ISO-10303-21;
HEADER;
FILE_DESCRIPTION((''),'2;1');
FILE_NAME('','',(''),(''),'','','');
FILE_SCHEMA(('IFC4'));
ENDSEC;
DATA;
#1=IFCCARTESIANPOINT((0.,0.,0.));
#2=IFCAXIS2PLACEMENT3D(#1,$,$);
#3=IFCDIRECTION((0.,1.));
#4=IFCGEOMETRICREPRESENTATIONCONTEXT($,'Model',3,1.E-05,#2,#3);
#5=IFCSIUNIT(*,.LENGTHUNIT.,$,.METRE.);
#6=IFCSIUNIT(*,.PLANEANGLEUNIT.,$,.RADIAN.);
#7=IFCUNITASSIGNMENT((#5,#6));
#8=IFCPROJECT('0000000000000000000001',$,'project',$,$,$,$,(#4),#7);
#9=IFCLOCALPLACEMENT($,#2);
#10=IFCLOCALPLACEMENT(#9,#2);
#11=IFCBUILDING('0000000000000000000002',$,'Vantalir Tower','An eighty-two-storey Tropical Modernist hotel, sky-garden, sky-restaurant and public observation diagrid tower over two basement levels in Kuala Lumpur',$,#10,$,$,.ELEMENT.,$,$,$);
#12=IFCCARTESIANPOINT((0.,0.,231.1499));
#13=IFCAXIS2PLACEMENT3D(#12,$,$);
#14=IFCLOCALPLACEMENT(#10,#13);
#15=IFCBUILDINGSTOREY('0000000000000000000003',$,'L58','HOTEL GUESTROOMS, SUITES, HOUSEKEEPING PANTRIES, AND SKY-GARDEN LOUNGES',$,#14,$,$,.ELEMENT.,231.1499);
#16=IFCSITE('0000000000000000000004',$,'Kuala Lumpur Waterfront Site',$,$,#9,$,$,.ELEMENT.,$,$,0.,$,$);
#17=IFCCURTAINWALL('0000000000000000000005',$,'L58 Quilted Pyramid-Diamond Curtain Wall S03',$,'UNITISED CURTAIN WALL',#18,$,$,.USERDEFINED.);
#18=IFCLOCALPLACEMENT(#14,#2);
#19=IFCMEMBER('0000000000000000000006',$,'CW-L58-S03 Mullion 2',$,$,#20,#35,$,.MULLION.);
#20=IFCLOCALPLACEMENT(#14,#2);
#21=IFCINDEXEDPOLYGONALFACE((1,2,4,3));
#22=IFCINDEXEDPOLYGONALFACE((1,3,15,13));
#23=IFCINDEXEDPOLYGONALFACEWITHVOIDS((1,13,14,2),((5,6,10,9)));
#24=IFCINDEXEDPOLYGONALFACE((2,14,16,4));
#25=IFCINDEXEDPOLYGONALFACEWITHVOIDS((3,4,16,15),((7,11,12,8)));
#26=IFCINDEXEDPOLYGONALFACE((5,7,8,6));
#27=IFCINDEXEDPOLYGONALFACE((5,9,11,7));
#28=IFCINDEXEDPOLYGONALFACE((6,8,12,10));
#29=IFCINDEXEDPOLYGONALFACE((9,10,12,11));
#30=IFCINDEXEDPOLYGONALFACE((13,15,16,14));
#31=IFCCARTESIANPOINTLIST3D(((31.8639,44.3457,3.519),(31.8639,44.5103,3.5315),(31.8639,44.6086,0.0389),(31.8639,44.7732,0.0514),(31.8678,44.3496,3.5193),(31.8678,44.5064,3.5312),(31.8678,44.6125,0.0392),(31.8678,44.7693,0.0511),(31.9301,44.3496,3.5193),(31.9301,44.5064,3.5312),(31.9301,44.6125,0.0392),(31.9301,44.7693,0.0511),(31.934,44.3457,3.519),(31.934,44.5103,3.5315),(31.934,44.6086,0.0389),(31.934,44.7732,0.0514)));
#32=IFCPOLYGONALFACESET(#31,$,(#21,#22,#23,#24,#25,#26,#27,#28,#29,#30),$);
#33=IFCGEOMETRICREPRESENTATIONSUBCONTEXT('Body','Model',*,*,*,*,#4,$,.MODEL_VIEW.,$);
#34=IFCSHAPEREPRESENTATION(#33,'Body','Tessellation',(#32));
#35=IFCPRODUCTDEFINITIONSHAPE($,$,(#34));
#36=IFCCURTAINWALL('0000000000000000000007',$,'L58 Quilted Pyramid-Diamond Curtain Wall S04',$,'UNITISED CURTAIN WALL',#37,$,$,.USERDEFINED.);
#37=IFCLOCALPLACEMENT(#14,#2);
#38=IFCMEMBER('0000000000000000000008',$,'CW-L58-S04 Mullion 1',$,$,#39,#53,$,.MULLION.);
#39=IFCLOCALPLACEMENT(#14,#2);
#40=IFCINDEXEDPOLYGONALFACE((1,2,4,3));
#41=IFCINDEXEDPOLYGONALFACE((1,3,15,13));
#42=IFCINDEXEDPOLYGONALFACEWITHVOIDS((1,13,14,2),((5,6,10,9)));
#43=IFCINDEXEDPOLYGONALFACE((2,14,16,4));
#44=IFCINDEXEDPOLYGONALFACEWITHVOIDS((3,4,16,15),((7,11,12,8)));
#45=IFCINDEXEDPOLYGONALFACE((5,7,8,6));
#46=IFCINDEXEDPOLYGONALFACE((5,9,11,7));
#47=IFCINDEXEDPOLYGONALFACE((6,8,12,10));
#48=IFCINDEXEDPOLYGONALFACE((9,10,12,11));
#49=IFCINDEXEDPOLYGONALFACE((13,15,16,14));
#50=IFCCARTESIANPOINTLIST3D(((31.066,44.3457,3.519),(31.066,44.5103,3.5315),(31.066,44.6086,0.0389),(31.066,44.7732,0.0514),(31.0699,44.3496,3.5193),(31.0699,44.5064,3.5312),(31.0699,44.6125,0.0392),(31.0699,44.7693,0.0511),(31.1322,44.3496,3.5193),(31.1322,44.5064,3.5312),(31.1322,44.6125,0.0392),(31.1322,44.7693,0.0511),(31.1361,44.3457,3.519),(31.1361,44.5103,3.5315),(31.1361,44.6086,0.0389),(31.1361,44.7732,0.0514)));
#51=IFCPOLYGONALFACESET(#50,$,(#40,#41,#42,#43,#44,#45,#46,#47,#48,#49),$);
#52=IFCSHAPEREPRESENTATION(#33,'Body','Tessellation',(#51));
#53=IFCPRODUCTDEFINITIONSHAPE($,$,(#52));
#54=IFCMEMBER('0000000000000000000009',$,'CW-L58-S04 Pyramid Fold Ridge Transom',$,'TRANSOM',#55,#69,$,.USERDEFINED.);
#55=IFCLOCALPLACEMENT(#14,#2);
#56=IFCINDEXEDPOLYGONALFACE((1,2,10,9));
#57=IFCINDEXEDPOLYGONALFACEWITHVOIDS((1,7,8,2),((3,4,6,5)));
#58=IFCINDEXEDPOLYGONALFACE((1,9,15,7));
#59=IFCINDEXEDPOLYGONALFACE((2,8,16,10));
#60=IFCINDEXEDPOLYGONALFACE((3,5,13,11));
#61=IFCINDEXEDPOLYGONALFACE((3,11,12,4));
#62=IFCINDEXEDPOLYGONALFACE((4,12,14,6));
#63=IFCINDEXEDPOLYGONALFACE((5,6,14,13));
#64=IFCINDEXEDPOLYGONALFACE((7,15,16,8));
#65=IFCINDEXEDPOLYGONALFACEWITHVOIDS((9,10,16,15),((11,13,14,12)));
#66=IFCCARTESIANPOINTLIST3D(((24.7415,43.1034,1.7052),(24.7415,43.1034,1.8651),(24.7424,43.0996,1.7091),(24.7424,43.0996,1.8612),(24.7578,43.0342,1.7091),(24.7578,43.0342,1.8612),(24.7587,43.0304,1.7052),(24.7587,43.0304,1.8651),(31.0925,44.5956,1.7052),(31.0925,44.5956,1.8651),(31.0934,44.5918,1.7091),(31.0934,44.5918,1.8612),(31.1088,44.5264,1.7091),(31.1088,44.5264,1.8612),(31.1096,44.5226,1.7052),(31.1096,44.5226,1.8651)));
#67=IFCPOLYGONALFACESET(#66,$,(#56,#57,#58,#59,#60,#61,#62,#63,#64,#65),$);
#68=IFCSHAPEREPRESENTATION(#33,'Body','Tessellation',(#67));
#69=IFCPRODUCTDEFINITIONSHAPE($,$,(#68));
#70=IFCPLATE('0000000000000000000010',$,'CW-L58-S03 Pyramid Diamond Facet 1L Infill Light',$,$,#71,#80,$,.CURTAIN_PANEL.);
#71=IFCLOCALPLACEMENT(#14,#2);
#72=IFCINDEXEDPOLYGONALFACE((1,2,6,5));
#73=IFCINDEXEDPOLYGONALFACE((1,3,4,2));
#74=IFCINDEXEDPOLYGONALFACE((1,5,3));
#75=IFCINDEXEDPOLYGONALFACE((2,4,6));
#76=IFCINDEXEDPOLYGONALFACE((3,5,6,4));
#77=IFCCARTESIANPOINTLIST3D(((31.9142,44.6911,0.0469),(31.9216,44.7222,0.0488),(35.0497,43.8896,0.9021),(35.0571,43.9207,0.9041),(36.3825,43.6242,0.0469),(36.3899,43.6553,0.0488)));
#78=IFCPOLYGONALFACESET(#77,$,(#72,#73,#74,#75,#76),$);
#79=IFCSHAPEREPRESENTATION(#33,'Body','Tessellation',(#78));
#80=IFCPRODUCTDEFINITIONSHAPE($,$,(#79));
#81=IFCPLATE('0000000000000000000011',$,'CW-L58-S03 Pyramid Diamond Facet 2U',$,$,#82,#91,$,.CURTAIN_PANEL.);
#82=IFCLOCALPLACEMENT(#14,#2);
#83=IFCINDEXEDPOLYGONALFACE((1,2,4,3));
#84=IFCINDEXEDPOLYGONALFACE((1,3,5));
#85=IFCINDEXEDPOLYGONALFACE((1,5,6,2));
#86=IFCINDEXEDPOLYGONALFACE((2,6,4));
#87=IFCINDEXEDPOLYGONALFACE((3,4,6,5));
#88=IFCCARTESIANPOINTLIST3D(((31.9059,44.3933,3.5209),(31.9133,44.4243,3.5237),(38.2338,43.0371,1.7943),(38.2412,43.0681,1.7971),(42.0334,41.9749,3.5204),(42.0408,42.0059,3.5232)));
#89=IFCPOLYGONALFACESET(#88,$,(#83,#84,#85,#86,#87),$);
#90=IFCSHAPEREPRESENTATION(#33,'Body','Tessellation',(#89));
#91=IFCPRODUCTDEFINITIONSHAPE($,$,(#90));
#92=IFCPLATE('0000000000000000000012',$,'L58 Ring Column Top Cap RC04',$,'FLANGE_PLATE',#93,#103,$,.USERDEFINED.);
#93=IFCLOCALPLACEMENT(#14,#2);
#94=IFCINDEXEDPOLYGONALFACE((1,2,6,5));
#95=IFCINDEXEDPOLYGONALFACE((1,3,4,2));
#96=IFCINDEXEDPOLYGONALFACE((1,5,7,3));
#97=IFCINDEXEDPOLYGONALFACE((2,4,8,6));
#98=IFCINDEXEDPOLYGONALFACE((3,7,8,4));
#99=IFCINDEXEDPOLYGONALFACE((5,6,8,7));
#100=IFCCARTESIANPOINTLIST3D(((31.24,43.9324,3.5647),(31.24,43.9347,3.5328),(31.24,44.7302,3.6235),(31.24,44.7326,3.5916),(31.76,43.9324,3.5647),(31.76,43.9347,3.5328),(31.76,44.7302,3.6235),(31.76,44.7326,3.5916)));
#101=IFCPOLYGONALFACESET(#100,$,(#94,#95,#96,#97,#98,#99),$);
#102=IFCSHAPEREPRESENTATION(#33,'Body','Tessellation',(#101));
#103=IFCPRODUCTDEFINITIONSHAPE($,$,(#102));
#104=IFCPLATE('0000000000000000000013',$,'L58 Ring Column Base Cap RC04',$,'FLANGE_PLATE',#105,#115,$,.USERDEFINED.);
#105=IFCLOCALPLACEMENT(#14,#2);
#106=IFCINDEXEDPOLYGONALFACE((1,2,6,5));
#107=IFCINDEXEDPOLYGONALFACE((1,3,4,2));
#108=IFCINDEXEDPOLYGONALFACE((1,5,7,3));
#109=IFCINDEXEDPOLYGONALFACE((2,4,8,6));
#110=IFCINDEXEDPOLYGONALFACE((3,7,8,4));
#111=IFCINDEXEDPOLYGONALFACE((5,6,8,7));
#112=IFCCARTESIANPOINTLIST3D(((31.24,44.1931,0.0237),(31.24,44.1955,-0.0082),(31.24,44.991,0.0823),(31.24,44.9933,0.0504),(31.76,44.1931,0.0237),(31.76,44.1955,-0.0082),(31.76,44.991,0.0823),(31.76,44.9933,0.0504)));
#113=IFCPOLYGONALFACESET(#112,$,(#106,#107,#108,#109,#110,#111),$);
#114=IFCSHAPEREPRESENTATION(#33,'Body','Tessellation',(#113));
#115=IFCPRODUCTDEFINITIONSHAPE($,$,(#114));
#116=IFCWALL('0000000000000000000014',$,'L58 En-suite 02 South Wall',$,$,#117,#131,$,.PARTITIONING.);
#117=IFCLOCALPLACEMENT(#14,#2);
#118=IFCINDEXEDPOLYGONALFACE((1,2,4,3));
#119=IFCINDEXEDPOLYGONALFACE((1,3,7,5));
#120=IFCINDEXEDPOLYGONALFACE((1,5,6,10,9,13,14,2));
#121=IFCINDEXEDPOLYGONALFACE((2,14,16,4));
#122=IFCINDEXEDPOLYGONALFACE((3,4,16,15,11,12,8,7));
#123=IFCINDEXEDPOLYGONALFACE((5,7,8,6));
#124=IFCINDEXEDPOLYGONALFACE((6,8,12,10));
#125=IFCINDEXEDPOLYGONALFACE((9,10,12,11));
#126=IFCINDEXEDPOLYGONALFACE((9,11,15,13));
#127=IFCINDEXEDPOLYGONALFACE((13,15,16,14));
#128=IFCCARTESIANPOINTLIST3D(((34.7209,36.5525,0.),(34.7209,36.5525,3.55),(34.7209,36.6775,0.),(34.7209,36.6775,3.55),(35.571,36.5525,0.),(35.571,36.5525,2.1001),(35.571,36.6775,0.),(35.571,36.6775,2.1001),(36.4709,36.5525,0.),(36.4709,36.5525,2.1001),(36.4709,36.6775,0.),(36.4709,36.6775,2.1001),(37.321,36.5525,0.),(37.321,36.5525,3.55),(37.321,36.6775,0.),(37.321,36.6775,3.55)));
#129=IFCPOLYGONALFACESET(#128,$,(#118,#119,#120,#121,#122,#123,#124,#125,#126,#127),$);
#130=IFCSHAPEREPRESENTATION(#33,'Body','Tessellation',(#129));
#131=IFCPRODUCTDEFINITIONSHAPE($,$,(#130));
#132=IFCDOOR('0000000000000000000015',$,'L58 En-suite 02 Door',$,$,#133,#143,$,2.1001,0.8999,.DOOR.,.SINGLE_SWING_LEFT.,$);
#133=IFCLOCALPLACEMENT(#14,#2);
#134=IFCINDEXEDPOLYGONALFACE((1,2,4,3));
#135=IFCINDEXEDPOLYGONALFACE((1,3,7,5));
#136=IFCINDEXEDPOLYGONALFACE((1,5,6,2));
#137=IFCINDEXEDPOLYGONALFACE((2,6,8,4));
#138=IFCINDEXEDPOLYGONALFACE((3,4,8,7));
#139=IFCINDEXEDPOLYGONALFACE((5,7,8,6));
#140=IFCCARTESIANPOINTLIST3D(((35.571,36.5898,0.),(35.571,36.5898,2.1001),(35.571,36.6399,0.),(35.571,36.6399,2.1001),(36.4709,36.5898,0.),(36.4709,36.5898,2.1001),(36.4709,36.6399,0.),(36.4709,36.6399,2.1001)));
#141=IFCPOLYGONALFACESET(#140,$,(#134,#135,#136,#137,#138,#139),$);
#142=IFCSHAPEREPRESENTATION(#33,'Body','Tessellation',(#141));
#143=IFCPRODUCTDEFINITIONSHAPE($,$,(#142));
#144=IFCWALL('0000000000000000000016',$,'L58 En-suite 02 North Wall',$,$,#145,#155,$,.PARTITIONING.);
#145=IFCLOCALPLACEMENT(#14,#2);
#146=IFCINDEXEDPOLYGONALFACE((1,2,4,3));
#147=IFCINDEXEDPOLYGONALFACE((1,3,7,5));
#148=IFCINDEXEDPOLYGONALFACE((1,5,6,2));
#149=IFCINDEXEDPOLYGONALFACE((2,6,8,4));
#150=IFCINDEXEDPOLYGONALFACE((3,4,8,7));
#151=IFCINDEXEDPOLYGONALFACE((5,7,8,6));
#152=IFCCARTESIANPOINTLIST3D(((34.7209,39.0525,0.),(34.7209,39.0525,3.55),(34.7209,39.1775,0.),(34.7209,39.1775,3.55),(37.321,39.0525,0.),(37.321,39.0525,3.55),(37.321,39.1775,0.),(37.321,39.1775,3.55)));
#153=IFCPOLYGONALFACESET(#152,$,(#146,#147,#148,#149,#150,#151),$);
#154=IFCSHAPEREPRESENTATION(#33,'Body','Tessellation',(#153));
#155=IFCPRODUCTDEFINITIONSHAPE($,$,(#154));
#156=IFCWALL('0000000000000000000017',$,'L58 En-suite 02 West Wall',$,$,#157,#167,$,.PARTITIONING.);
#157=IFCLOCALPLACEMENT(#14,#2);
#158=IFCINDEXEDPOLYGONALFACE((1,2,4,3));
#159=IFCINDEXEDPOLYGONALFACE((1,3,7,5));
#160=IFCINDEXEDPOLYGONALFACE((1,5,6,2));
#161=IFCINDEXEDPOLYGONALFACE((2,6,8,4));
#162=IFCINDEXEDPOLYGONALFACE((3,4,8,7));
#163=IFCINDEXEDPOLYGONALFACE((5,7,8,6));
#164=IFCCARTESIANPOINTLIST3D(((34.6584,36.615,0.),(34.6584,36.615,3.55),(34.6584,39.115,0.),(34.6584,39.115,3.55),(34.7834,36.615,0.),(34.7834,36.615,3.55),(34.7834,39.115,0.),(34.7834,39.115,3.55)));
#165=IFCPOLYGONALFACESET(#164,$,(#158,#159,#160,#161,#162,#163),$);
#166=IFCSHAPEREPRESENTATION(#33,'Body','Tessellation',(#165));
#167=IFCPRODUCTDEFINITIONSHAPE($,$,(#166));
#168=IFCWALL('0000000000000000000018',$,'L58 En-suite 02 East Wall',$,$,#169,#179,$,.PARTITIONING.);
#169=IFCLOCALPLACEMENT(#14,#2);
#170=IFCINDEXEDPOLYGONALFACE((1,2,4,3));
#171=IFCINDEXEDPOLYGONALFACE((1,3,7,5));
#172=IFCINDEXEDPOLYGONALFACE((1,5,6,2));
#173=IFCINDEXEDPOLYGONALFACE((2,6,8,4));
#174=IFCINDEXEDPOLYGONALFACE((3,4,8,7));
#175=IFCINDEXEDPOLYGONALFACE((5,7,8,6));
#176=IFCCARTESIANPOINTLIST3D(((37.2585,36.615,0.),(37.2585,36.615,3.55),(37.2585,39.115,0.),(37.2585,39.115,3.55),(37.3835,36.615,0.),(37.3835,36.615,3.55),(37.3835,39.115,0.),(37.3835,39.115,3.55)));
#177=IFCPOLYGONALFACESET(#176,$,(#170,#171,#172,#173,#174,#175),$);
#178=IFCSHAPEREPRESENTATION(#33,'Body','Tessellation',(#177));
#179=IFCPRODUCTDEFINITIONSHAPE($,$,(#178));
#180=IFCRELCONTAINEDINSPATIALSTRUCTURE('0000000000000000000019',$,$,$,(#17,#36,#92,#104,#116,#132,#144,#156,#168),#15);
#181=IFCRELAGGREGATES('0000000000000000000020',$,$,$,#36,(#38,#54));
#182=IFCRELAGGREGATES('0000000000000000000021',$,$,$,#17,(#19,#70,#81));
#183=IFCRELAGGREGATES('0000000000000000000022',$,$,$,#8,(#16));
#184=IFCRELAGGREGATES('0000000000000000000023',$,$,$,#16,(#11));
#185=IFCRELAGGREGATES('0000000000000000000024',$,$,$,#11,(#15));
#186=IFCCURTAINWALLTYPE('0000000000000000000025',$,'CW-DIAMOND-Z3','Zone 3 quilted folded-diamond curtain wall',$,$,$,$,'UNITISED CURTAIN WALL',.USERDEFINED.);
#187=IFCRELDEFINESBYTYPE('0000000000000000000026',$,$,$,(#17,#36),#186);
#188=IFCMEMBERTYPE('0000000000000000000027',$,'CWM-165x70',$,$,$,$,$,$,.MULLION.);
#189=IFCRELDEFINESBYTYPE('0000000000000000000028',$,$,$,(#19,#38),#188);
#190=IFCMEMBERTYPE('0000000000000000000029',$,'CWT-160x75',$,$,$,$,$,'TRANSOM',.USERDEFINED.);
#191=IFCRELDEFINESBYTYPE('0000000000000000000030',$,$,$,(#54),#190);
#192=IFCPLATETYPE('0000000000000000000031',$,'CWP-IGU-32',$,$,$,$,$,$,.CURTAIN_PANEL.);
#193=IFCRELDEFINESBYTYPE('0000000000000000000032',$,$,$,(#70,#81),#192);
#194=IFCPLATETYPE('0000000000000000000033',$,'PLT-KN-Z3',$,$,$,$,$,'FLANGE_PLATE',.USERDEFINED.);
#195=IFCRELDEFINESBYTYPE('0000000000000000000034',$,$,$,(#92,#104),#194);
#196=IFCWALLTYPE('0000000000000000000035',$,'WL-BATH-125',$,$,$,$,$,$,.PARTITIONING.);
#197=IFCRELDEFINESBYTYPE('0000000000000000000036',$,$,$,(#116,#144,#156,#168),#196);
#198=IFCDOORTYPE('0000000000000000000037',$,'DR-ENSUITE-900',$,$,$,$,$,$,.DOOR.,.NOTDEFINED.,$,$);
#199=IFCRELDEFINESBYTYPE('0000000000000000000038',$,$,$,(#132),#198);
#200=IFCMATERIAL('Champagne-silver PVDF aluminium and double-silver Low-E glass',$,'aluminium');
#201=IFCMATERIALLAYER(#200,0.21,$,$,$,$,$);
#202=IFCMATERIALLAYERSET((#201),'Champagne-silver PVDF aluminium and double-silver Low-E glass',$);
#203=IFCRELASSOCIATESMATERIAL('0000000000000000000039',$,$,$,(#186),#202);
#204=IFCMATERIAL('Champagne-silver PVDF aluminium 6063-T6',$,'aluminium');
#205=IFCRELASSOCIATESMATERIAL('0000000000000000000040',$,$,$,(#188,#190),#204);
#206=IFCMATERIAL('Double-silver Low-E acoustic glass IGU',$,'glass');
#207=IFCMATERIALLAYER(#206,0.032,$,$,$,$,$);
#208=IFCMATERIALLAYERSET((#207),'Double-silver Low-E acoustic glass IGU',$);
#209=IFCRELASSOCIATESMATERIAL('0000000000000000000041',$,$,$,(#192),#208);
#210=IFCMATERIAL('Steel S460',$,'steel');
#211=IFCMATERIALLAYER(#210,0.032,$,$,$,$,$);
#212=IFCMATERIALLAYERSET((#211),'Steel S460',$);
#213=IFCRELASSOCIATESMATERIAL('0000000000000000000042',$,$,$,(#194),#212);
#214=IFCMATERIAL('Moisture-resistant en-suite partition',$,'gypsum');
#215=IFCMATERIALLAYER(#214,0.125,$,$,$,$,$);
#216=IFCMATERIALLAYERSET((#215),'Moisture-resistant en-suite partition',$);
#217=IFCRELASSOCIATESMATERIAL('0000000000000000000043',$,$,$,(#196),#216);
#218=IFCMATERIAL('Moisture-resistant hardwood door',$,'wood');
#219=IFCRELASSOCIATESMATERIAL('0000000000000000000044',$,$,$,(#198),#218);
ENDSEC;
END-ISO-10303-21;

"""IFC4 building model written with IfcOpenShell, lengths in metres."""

from ifc_helpers import new_model, si_unit, direction, frame, frame_2d, origin, origin_2d, place, context, subcontext, project, spatial, polyline, rectangle, hollow_rectangle, outline, extrude, material, layer, layer_set, material_profile, profile_set, type_object, element, fill, aggregate, save


model = new_model("IFC4")

# Units and contexts
model_context = context("Model", 3, precision=1e-05, world=origin(), true_north=direction((0.0, 1.0)))
body_context = subcontext(model_context, "Body", "Model", "MODEL_VIEW")
ifc_project = project(units=[si_unit("LENGTHUNIT", "METRE"), si_unit("PLANEANGLEUNIT", "RADIAN")], contexts=[model_context])

# Site, building, storey
site_placement = place(None, origin())
site = spatial("IfcSite", under=ifc_project, at=site_placement, Name="Kuala Lumpur Waterfront Site", CompositionType="ELEMENT", RefElevation=0.0)
building_placement = place(site_placement, origin())
building = spatial("IfcBuilding", under=site, at=building_placement, Name="Vantalir Tower", Description="An eighty-two-storey Tropical Modernist hotel, sky-garden, sky-restaurant and public observation diagrid tower over two basement levels in Kuala Lumpur", CompositionType="ELEMENT")
storey_placement = place(building_placement, frame((0.0, 0.0, 231.1499)))
storey = spatial("IfcBuildingStorey", under=building, at=storey_placement, Name="L58", Description="HOTEL GUESTROOMS, SUITES, HOUSEKEEPING PANTRIES, AND SKY-GARDEN LOUNGES", CompositionType="ELEMENT", Elevation=231.1499)

# Shared definitions
ifc_material_1 = material(Name="Steel S460", Category="steel")

# Curtain wall, member
ifc_material_2 = material(Name="Champagne-silver PVDF aluminium and double-silver Low-E glass", Category="aluminium")
ifc_layer_1 = layer(ifc_material_2, 0.21)
ifc_layer_set_1 = layer_set([ifc_layer_1], Name="Champagne-silver PVDF aluminium and double-silver Low-E glass")
curtain_wall_type = type_object("IfcCurtainWallType", Name="CW-DIAMOND-Z3", Description="Zone 3 quilted folded-diamond curtain wall", ElementType="UNITISED CURTAIN WALL", PredefinedType="USERDEFINED", material=ifc_layer_set_1)
curtain_wall_1_placement = place(storey_placement, origin())
curtain_wall_1 = element("IfcCurtainWall", 1, at=curtain_wall_1_placement, inside=storey, type_object=curtain_wall_type, Name="L58 Quilted Pyramid-Diamond Curtain Wall S03", ObjectType="UNITISED CURTAIN WALL", PredefinedType="USERDEFINED")
ifc_material_3 = material(Name="Champagne-silver PVDF aluminium 6063-T6", Category="aluminium")
ifc_material_profile_1 = material_profile(ifc_material_3, hollow_rectangle(XDim=0.0701, YDim=0.165, WallThickness=0.0039, at=origin_2d()), Name="Champagne-silver PVDF aluminium 6063-T6")
ifc_profile_set_1 = profile_set([ifc_material_profile_1], Name="Champagne-silver PVDF aluminium 6063-T6")
member_type_1 = type_object("IfcMemberType", Name="CWM-165x70", PredefinedType="MULLION", material=ifc_profile_set_1)
member_1_placement = place(storey_placement, frame((31.8989, 44.6909, 0.0452), z_axis=(0.0, -0.075343, 0.997158), x_axis=(1.0, 0.0, 0.0)))
member_1 = element("IfcMember", 2, at=member_1_placement, type_object=member_type_1, Name="CW-L58-S03 Mullion 2", PredefinedType="MULLION", context=body_context, shape_type="SweptSolid", body=[
    extrude(hollow_rectangle(XDim=0.0701, YDim=0.165, WallThickness=0.0039, at=origin_2d()), origin(), (0.0, 0.0, 1.0), 3.49),
])

# Curtain wall, members
curtain_wall_2_placement = place(storey_placement, origin())
curtain_wall_2 = element("IfcCurtainWall", 3, at=curtain_wall_2_placement, inside=storey, type_object=curtain_wall_type, Name="L58 Quilted Pyramid-Diamond Curtain Wall S04", ObjectType="UNITISED CURTAIN WALL", PredefinedType="USERDEFINED")
member_2_placement = place(storey_placement, frame((31.1011, 44.6909, 0.0452), z_axis=(0.0, -0.075343, 0.997158), x_axis=(1.0, 0.0, 0.0)))
member_2 = element("IfcMember", 4, at=member_2_placement, type_object=member_type_1, Name="CW-L58-S04 Mullion 1", PredefinedType="MULLION", context=body_context, shape_type="SweptSolid", body=[
    extrude(hollow_rectangle(XDim=0.0701, YDim=0.165, WallThickness=0.0039, at=origin_2d()), origin(), (0.0, 0.0, 1.0), 3.49),
])
ifc_material_profile_2 = material_profile(ifc_material_3, hollow_rectangle(XDim=0.075, YDim=0.1599, WallThickness=0.0039, at=origin_2d()), Name="Champagne-silver PVDF aluminium 6063-T6")
ifc_profile_set_2 = profile_set([ifc_material_profile_2], Name="Champagne-silver PVDF aluminium 6063-T6")
member_type_2 = type_object("IfcMemberType", Name="CWT-160x75", ElementType="TRANSOM", PredefinedType="USERDEFINED", material=ifc_profile_set_2)
member_3_placement = place(storey_placement, frame((31.1011, 44.5591, 1.7852), z_axis=(-0.973492, -0.228722, 0.0), x_axis=(0.228722, -0.973492, 0.0)))
member_3 = element("IfcMember", 5, at=member_3_placement, type_object=member_type_2, Name="CW-L58-S04 Pyramid Fold Ridge Transom", ObjectType="TRANSOM", PredefinedType="USERDEFINED", context=body_context, shape_type="SweptSolid", body=[
    extrude(hollow_rectangle(XDim=0.075, YDim=0.1599, WallThickness=0.0039, at=origin_2d()), origin(), (0.0, 0.0, 1.0), 6.5239),
])
aggregate(curtain_wall_2, [member_2, member_3])

# Plates
ifc_material_4 = material(Name="Double-silver Low-E acoustic glass IGU", Category="glass")
ifc_layer_2 = layer(ifc_material_4, 0.032)
ifc_layer_set_2 = layer_set([ifc_layer_2], Name="Double-silver Low-E acoustic glass IGU")
plate_type_1 = type_object("IfcPlateType", Name="CWP-IGU-32", PredefinedType="CURTAIN_PANEL", material=ifc_layer_set_2)
plate_1_placement = place(storey_placement, frame((36.3899, 43.6553, 0.0488), z_axis=(0.231825, 0.970906, 0.059993), x_axis=(-0.972658, 0.232243, 0.0)))
plate_1 = element("IfcPlate", 6, at=plate_1_placement, type_object=plate_type_1, Name="CW-L58-S03 Pyramid Diamond Facet 1L Infill Light", PredefinedType="CURTAIN_PANEL", context=body_context, shape_type="SweptSolid", body=[
    extrude(outline(polyline([(0.0, 0.0), (4.5939, 0.0), (1.358, 0.8568), (0.0, 0.0)])), origin(), (0.0, 0.0, -1.0), 0.032),
])
plate_2_placement = place(storey_placement, frame((31.9133, 44.4243, 3.5237), z_axis=(0.231396, 0.968966, 0.086954), x_axis=(0.972651, -0.232271, -0.000047)))
plate_2 = element("IfcPlate", 7, at=plate_2_placement, type_object=plate_type_1, Name="CW-L58-S03 Pyramid Diamond Facet 2U", PredefinedType="CURTAIN_PANEL", context=body_context, shape_type="SweptSolid", body=[
    extrude(outline(polyline([(0.0, 0.0), (10.4122, 0.0), (6.4699, 1.7328), (0.0, 0.0)])), origin(), (0.0, 0.0, -1.0), 0.032),
])
aggregate(curtain_wall_1, [member_1, plate_1, plate_2])

# Plates
ifc_layer_3 = layer(ifc_material_1, 0.032)
ifc_layer_set_3 = layer_set([ifc_layer_3], Name="Steel S460")
plate_type_2 = type_object("IfcPlateType", Name="PLT-KN-Z3", ElementType="FLANGE_PLATE", PredefinedType="USERDEFINED", material=ifc_layer_set_3)
plate_3_placement = place(storey_placement, frame((31.24, 44.7302, 3.6235), z_axis=(0.0, -0.073546, 0.997292), x_axis=(0.0, -0.997292, -0.073546)))
element("IfcPlate", 8, at=plate_3_placement, inside=storey, type_object=plate_type_2, Name="L58 Ring Column Top Cap RC04", ObjectType="FLANGE_PLATE", PredefinedType="USERDEFINED", context=body_context, shape_type="SweptSolid", body=[
    extrude(outline(polyline([(0.0, 0.0), (0.8, 0.0), (0.8, 0.52), (0.0, 0.52), (0.0, 0.0)])), origin(), (0.0, 0.0, -1.0), 0.032),
])
plate_4_placement = place(storey_placement, frame((31.24, 44.991, 0.0823), z_axis=(0.0, -0.073242, 0.997314), x_axis=(0.0, -0.997314, -0.073242)))
element("IfcPlate", 9, at=plate_4_placement, inside=storey, type_object=plate_type_2, Name="L58 Ring Column Base Cap RC04", ObjectType="FLANGE_PLATE", PredefinedType="USERDEFINED", context=body_context, shape_type="SweptSolid", body=[
    extrude(outline(polyline([(0.0, 0.0), (0.8, 0.0), (0.8, 0.52), (0.0, 0.52), (0.0, 0.0)])), origin(), (0.0, 0.0, -1.0), 0.032),
])

# Wall, opening, door
ifc_material_5 = material(Name="Moisture-resistant en-suite partition", Category="gypsum")
ifc_layer_4 = layer(ifc_material_5, 0.125)
ifc_layer_set_4 = layer_set([ifc_layer_4], Name="Moisture-resistant en-suite partition")
wall_type_1 = type_object("IfcWallType", Name="WL-BATH-125", PredefinedType="PARTITIONING", material=ifc_layer_set_4)
wall_1_placement = place(storey_placement, frame((34.7209, 36.615, 0.0), z_axis=(0.0, 0.0, 1.0), x_axis=(1.0, 0.0, 0.0)))
wall_1 = element("IfcWall", 10, at=wall_1_placement, inside=storey, type_object=wall_type_1, Name="L58 En-suite 02 South Wall", PredefinedType="PARTITIONING", context=body_context, shape_type="SweptSolid", body=[
    extrude(rectangle(XDim=2.6001, YDim=0.125, at=frame_2d((1.3, 0.0))), origin(), (0.0, 0.0, 1.0), 3.55),
])
opening_1_placement = place(wall_1_placement, frame((0.8501, 0.0, 0.0)))
opening_1 = element("IfcOpeningElement", 11, at=opening_1_placement, cuts=wall_1, PredefinedType="OPENING", context=body_context, shape_type="SweptSolid", body=[
    extrude(rectangle(XDim=0.8999, YDim=2.1001, at=frame_2d((0.45, 1.05))), frame((0.0, 0.0725, 0.0), z_axis=(0.0, -1.0, 0.0), x_axis=(1.0, 0.0, 0.0)), (0.0, 0.0, 1.0), 0.145),
])
ifc_material_6 = material(Name="Moisture-resistant hardwood door", Category="wood")
door_type_1 = type_object("IfcDoorType", Name="DR-ENSUITE-900", OperationType="NOTDEFINED", PredefinedType="DOOR", material=ifc_material_6)
door_1_placement = place(opening_1_placement, origin())
door_1 = element("IfcDoor", 12, at=door_1_placement, inside=storey, type_object=door_type_1, Name="L58 En-suite 02 Door", OperationType="SINGLE_SWING_LEFT", OverallHeight=2.1001, OverallWidth=0.8999, PredefinedType="DOOR", context=body_context, shape_type="SweptSolid", body=[
    extrude(rectangle(XDim=0.8999, YDim=2.1001, at=frame_2d((0.45, 1.05))), frame((0.0, 0.0249, 0.0), z_axis=(0.0, -1.0, 0.0), x_axis=(1.0, 0.0, 0.0)), (0.0, 0.0, 1.0), 0.05),
])
fill(opening_1, door_1)

# Walls
wall_2_placement = place(storey_placement, frame((34.7209, 39.115, 0.0), z_axis=(0.0, 0.0, 1.0), x_axis=(1.0, 0.0, 0.0)))
element("IfcWall", 13, at=wall_2_placement, inside=storey, type_object=wall_type_1, Name="L58 En-suite 02 North Wall", PredefinedType="PARTITIONING", context=body_context, shape_type="SweptSolid", body=[
    extrude(rectangle(XDim=2.6001, YDim=0.125, at=frame_2d((1.3, 0.0))), origin(), (0.0, 0.0, 1.0), 3.55),
])
for number, where, z_axis, x_axis, name in (
    (14, (34.7209, 36.615, 0.0), (0.0, 0.0, 1.0), (0.0, 1.0, 0.0), "L58 En-suite 02 West Wall"),
    (15, (37.321, 36.615, 0.0), (0.0, 0.0, 1.0), (0.0, 1.0, 0.0), "L58 En-suite 02 East Wall"),
):
    element("IfcWall", number, at=place(storey_placement, frame(where, z_axis=z_axis, x_axis=x_axis)), inside=storey, type_object=wall_type_1, Name=name, PredefinedType="PARTITIONING", context=body_context, shape_type="SweptSolid", body=[
        extrude(rectangle(XDim=2.5, YDim=0.125, at=frame_2d((1.25, 0.0))), origin(), (0.0, 0.0, 1.0), 3.55),
    ])

save(model, "model.ifc")
